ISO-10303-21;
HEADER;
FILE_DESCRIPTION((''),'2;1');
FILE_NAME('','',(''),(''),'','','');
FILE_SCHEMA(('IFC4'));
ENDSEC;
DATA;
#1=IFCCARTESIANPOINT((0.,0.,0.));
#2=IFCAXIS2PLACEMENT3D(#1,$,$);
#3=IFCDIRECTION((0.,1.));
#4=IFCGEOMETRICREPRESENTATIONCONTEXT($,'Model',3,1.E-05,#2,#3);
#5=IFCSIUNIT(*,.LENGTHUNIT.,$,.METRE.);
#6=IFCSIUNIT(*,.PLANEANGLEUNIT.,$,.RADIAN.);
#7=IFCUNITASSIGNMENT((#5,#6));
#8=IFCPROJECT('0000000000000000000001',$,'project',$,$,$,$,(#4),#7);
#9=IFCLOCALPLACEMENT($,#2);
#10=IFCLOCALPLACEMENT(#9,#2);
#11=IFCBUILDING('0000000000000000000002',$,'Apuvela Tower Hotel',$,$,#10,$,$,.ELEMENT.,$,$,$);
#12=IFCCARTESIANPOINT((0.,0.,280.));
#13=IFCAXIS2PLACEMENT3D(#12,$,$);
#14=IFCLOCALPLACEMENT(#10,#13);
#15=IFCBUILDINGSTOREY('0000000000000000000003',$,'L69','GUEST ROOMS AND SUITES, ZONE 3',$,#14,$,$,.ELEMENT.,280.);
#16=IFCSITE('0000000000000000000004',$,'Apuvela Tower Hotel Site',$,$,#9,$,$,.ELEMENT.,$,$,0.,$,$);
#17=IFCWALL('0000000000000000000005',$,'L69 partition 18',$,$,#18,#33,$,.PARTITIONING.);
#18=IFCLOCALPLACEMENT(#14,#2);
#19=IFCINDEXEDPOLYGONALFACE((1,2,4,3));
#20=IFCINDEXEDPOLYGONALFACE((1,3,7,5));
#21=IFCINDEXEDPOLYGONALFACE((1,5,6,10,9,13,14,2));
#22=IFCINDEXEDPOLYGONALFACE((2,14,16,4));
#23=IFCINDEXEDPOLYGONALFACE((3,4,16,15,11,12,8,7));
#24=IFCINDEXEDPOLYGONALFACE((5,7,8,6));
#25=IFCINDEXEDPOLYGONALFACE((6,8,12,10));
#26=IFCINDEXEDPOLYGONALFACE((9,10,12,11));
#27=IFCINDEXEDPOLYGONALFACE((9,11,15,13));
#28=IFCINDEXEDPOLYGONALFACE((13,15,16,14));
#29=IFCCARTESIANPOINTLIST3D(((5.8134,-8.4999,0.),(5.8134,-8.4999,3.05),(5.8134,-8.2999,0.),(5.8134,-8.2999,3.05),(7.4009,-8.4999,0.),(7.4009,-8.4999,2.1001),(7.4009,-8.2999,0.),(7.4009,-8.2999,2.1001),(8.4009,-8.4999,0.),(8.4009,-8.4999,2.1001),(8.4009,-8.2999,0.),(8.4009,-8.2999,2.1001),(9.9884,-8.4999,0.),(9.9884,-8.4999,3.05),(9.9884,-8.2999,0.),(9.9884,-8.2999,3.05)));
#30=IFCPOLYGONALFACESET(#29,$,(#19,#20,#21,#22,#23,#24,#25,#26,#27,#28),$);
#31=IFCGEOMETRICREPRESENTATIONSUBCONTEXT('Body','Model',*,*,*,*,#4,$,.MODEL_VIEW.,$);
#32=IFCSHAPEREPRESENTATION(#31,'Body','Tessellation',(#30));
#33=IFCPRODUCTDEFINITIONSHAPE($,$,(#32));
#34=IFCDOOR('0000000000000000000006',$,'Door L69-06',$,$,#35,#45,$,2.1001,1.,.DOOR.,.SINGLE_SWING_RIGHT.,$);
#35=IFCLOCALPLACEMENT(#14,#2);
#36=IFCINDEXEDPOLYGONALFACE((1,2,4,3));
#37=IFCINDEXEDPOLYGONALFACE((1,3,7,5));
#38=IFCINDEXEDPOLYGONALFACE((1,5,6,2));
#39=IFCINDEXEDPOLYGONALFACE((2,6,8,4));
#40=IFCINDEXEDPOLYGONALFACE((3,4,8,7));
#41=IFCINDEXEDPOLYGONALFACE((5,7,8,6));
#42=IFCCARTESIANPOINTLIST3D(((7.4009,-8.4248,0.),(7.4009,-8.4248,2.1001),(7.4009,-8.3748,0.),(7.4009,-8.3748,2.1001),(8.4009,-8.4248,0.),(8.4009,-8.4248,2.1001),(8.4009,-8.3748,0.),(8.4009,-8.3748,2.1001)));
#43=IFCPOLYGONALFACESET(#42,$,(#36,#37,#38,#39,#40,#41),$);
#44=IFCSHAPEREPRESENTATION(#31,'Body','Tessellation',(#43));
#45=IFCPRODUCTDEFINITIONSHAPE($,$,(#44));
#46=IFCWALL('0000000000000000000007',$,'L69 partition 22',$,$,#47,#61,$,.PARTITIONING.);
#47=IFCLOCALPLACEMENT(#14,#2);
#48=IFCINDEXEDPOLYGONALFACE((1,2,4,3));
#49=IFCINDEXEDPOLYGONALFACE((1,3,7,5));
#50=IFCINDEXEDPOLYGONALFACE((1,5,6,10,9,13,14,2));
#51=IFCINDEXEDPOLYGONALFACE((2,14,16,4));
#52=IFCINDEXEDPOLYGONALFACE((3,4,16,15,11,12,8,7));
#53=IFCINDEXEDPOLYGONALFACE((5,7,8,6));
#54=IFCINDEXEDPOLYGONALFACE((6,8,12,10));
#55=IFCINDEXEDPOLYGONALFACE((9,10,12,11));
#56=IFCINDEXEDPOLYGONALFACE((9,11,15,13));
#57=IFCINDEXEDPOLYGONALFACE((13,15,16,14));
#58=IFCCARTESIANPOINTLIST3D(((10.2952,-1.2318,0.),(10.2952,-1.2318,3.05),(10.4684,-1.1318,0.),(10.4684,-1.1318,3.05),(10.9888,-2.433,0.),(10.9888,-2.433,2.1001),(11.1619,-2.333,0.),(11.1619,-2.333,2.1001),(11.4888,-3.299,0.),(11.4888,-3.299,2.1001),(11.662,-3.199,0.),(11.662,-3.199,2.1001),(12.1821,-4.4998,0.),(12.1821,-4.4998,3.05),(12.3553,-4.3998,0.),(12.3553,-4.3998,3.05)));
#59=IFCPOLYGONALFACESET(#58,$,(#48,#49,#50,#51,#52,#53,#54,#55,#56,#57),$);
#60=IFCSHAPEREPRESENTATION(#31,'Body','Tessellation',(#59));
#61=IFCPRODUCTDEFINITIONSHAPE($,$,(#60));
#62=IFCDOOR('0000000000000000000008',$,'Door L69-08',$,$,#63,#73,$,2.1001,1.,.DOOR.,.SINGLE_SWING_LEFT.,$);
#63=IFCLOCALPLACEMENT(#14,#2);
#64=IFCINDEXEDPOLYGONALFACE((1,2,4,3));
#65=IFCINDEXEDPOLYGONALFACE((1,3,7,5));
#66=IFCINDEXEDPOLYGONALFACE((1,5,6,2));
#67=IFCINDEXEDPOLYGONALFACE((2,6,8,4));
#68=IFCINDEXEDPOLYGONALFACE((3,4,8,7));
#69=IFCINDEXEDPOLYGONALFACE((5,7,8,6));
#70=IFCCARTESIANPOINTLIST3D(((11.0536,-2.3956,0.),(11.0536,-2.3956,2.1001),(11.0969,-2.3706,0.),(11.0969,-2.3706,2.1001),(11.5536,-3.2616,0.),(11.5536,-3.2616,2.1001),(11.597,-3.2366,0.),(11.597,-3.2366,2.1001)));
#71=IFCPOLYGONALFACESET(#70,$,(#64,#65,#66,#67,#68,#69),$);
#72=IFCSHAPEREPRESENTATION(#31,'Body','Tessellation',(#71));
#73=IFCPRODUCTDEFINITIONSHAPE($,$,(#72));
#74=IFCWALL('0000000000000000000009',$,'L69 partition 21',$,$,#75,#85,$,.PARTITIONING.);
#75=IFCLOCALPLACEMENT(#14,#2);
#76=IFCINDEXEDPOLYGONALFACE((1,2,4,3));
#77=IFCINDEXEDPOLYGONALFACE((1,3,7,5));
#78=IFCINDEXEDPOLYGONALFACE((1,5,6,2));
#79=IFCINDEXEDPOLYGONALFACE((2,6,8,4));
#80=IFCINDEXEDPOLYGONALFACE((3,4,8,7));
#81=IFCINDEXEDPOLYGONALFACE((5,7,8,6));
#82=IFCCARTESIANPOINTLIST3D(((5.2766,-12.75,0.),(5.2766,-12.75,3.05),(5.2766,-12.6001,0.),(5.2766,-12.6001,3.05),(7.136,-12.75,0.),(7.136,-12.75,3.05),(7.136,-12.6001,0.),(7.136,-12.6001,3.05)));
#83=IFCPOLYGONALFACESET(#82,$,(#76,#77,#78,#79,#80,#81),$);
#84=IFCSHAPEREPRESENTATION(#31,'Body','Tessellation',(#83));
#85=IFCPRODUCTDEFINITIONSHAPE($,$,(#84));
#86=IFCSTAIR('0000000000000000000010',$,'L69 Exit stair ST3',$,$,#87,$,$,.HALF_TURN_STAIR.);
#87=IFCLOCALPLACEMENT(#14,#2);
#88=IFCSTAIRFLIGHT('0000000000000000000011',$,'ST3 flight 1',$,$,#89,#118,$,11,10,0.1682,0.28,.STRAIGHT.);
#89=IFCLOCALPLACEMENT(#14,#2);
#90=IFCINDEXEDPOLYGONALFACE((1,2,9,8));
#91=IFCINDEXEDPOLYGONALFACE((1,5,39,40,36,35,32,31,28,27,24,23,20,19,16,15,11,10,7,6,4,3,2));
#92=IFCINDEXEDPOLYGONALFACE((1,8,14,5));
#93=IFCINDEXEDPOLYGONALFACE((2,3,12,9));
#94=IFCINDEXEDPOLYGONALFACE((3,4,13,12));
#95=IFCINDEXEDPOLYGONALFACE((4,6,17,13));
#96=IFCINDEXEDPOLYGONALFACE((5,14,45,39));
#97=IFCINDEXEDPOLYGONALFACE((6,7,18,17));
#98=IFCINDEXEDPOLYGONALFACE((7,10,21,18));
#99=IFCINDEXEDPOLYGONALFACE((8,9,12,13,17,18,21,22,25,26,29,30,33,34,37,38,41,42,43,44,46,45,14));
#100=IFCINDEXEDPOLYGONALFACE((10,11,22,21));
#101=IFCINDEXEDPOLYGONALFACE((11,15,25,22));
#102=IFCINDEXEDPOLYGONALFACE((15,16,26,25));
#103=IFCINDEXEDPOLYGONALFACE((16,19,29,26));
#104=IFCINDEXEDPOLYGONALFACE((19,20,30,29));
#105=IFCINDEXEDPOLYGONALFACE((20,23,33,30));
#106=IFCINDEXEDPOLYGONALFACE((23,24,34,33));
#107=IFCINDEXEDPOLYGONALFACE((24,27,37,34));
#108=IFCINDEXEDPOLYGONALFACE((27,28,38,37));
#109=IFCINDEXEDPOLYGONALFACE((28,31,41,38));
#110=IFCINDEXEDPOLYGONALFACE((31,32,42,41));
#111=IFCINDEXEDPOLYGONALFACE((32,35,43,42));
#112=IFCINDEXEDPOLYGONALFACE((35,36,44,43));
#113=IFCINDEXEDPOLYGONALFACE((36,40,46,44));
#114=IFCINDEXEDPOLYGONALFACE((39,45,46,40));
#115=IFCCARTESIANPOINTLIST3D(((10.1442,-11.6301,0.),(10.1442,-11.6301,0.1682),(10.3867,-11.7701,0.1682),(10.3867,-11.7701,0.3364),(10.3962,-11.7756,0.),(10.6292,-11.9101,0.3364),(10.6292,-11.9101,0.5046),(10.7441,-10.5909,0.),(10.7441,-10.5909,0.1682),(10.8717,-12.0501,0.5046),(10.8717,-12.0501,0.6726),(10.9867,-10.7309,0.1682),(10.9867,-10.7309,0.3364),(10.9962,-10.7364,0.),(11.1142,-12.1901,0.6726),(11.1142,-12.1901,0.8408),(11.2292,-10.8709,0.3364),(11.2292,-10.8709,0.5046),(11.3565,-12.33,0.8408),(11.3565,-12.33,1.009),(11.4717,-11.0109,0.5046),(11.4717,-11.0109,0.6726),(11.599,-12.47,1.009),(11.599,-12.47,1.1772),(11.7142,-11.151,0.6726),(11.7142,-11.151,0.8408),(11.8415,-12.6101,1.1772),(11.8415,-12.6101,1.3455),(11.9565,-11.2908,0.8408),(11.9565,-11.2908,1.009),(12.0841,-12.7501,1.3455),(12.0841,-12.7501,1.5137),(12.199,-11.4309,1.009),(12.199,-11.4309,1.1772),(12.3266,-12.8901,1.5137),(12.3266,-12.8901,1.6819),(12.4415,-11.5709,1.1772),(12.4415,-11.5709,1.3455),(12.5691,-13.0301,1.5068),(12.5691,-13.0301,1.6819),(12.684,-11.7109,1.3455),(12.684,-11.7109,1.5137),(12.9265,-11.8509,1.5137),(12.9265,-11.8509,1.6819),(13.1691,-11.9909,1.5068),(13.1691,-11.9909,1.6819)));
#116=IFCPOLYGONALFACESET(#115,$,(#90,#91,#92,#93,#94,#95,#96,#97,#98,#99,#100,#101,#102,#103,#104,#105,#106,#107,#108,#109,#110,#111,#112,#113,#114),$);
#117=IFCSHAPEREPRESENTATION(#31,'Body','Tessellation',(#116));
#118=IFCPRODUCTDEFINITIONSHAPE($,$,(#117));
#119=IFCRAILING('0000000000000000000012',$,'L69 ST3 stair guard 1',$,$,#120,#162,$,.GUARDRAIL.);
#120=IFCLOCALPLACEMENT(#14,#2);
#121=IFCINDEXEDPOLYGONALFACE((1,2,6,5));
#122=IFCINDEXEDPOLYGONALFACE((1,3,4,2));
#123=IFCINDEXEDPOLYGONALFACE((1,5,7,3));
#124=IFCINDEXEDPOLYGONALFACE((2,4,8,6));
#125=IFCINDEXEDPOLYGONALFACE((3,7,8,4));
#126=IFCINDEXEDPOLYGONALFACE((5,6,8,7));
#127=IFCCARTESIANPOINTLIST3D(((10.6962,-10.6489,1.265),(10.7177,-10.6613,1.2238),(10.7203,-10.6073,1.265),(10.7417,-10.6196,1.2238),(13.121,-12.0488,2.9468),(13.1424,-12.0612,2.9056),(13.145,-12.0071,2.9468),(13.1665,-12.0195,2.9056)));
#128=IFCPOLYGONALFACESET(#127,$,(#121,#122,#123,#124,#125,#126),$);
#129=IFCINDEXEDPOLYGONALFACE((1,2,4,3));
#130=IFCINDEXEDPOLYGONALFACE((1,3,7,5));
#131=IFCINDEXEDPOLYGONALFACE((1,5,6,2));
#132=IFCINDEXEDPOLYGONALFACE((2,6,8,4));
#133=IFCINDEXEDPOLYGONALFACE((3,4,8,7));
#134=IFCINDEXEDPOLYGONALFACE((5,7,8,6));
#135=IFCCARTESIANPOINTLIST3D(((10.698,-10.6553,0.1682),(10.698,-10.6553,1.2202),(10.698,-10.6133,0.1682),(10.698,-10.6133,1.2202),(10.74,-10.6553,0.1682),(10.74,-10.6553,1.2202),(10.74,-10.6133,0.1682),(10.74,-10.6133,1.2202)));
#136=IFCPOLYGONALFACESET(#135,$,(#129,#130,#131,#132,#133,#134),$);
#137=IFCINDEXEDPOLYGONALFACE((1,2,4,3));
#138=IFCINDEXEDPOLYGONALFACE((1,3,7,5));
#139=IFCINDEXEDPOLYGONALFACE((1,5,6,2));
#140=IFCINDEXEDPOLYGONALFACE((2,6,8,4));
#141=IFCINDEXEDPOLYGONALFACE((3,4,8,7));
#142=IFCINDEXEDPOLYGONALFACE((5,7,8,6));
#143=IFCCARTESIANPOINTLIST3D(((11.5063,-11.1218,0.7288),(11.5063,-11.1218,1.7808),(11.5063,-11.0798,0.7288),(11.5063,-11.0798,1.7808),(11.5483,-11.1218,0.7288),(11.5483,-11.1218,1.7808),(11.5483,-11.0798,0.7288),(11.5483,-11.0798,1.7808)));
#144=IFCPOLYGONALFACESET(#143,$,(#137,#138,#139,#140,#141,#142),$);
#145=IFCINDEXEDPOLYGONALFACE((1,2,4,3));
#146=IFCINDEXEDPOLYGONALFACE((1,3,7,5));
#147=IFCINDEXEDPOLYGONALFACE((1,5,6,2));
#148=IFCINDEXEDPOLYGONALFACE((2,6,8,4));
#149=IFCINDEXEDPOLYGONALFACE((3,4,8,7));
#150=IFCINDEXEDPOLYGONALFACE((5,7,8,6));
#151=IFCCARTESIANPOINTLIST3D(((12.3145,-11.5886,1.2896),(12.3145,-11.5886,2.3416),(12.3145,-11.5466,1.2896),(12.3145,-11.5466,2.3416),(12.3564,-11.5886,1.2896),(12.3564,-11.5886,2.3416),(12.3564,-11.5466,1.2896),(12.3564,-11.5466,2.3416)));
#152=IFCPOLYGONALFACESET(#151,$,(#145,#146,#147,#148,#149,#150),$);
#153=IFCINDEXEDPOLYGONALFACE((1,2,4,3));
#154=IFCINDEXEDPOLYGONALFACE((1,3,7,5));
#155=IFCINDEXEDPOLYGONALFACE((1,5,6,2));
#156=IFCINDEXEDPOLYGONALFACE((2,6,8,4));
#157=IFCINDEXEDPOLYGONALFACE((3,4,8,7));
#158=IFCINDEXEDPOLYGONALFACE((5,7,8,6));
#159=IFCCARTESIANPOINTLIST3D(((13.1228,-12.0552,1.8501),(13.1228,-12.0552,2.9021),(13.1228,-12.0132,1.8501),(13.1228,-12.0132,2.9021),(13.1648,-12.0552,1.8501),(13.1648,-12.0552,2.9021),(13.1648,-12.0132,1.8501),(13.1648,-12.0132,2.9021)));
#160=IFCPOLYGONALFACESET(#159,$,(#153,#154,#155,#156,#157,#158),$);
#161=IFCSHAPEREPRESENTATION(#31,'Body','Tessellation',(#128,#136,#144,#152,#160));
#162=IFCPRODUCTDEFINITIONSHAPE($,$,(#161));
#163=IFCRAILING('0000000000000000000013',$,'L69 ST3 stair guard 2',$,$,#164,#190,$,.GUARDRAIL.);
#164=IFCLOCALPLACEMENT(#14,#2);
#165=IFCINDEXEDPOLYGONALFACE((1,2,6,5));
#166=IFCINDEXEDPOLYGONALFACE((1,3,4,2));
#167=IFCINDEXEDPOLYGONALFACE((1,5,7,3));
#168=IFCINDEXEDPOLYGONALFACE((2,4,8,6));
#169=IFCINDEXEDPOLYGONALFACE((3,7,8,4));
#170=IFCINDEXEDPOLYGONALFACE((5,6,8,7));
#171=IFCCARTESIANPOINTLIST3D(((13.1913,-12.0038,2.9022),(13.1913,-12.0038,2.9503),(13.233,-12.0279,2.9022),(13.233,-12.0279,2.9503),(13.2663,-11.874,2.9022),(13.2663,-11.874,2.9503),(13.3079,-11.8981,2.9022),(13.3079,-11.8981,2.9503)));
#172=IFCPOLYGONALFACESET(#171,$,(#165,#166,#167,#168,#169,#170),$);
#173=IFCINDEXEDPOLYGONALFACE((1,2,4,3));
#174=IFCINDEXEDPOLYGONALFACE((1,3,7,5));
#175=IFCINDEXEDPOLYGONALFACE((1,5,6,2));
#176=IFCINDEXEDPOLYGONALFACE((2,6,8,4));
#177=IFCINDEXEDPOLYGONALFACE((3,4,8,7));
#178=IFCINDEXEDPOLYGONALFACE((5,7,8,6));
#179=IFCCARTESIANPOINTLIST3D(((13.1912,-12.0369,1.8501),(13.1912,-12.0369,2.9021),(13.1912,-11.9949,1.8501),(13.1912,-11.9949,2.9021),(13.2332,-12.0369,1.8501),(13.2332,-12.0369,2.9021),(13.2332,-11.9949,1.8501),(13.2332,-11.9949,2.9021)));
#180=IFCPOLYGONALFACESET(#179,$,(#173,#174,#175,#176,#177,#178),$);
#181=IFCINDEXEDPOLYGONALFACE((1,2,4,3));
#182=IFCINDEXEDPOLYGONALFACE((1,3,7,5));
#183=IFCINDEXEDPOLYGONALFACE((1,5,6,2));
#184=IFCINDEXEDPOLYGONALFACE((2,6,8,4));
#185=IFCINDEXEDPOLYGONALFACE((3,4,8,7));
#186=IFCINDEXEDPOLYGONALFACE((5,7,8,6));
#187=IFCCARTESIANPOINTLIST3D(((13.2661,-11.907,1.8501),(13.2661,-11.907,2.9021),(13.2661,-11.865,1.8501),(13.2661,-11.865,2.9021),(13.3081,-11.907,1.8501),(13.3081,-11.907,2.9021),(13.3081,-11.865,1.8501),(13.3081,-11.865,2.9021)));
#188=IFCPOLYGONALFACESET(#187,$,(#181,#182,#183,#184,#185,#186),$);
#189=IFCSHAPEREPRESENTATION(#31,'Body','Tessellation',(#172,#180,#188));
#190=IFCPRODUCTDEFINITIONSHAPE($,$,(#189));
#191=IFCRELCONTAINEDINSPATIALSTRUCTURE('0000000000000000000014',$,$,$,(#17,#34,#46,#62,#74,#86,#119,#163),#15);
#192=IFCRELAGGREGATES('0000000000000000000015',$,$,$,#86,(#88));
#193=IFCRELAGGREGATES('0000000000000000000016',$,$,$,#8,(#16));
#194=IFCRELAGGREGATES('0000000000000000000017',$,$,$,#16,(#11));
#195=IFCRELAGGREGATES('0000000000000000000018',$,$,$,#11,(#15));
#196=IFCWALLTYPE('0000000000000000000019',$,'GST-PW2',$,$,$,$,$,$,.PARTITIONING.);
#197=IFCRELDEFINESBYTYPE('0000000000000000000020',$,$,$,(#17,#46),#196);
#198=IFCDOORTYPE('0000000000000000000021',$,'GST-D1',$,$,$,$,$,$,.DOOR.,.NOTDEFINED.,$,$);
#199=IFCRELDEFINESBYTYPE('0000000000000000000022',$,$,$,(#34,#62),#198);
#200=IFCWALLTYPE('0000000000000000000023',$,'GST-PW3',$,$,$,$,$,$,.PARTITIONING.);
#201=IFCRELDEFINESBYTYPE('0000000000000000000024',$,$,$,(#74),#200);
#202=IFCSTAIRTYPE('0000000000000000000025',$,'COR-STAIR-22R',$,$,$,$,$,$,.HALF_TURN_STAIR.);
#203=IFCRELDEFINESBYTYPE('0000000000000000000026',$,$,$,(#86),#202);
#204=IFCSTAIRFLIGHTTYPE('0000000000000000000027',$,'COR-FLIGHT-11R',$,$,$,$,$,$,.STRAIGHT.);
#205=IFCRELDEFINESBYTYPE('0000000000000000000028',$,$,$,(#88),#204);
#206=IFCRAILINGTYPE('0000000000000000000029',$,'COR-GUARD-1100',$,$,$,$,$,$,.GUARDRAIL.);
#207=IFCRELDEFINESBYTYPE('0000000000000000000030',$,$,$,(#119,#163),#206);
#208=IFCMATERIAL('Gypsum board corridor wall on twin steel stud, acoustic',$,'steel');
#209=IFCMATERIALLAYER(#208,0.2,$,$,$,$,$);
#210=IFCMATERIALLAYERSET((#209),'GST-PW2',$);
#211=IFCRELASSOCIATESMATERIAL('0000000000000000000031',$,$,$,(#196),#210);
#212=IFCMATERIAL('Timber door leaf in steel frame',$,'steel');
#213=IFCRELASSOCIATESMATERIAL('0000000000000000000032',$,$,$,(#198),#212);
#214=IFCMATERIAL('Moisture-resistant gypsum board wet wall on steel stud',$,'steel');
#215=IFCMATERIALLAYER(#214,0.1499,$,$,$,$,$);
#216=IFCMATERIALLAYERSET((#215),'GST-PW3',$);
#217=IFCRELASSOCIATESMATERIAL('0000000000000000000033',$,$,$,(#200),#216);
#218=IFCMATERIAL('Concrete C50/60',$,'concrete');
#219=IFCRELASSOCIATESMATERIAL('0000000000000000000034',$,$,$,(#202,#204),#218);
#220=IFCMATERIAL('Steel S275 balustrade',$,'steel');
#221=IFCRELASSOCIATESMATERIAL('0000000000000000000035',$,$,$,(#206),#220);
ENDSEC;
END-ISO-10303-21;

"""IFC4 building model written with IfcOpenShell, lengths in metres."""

from ifc_helpers import new_model, si_unit, direction, frame, frame_2d, origin, origin_2d, place, context, subcontext, project, spatial, polyline, rectangle, outline, extrude, material, layer, layer_set, type_object, element, fill, aggregate, save


model = new_model("IFC4")

# Units and contexts
model_context = context("Model", 3, precision=1e-05, world=origin(), true_north=direction((0.0, 1.0)))
body_context = subcontext(model_context, "Body", "Model", "MODEL_VIEW")
ifc_project = project(units=[si_unit("LENGTHUNIT", "METRE"), si_unit("PLANEANGLEUNIT", "RADIAN")], contexts=[model_context])

# Site, building, storey
site_placement = place(None, origin())
site = spatial("IfcSite", under=ifc_project, at=site_placement, Name="Apuvela Tower Hotel Site", CompositionType="ELEMENT", RefElevation=0.0)
building_placement = place(site_placement, origin())
building = spatial("IfcBuilding", under=site, at=building_placement, Name="Apuvela Tower Hotel", CompositionType="ELEMENT")
storey_placement = place(building_placement, frame((0.0, 0.0, 280.0)))
storey = spatial("IfcBuildingStorey", under=building, at=storey_placement, Name="L69", Description="GUEST ROOMS AND SUITES, ZONE 3", CompositionType="ELEMENT", Elevation=280.0)

# Shared definitions
ifc_material_1 = material(Name="Concrete C50/60", Category="concrete")

# Walls, openings, doors
ifc_material_2 = material(Name="Gypsum board corridor wall on twin steel stud, acoustic", Category="steel")
ifc_layer_1 = layer(ifc_material_2, 0.2)
ifc_layer_set_1 = layer_set([ifc_layer_1], Name="GST-PW2")
wall_type_1 = type_object("IfcWallType", Name="GST-PW2", PredefinedType="PARTITIONING", material=ifc_layer_set_1)
wall_1_placement = place(storey_placement, frame((9.9883, -8.3999, 0.0), z_axis=(0.0, 0.0, 1.0), x_axis=(-1.0, 0.0, 0.0)))
wall_1 = element("IfcWall", 1, at=wall_1_placement, inside=storey, type_object=wall_type_1, Name="L69 partition 18", PredefinedType="PARTITIONING", context=body_context, shape_type="SweptSolid", body=[
    extrude(rectangle(XDim=4.175, YDim=0.2, at=frame_2d((2.0874, 0.0))), origin(), (0.0, 0.0, 1.0), 3.05),
])
opening_1_placement = place(wall_1_placement, frame((1.5874, 0.0, 0.0)))
opening_1 = element("IfcOpeningElement", 2, at=opening_1_placement, cuts=wall_1, PredefinedType="OPENING", context=body_context, shape_type="SweptSolid", body=[
    extrude(rectangle(XDim=1.0, YDim=2.1001, at=frame_2d((0.5, 1.05))), frame((0.0, 0.1099, 0.0), z_axis=(0.0, -1.0, 0.0), x_axis=(1.0, 0.0, 0.0)), (0.0, 0.0, 1.0), 0.22),
])
ifc_material_3 = material(Name="Timber door leaf in steel frame", Category="steel")
door_type_1 = type_object("IfcDoorType", Name="GST-D1", OperationType="NOTDEFINED", PredefinedType="DOOR", material=ifc_material_3)
door_1_placement = place(opening_1_placement, origin())
door_1 = element("IfcDoor", 3, at=door_1_placement, inside=storey, type_object=door_type_1, Name="Door L69-06", OperationType="SINGLE_SWING_RIGHT", OverallHeight=2.1001, OverallWidth=1.0, PredefinedType="DOOR", context=body_context, shape_type="SweptSolid", body=[
    extrude(rectangle(XDim=1.0, YDim=2.1001, at=frame_2d((0.5, 1.05))), frame((0.0, 0.0249, 0.0), z_axis=(0.0, -1.0, 0.0), x_axis=(1.0, 0.0, 0.0)), (0.0, 0.0, 1.0), 0.05),
])
fill(opening_1, door_1)
wall_2_placement = place(storey_placement, frame((10.3818, -1.1819, 0.0), z_axis=(0.0, 0.0, 1.0), x_axis=(0.500029, -0.866009, 0.0)))
wall_2 = element("IfcWall", 4, at=wall_2_placement, inside=storey, type_object=wall_type_1, Name="L69 partition 22", PredefinedType="PARTITIONING", context=body_context, shape_type="SweptSolid", body=[
    extrude(rectangle(XDim=3.7737, YDim=0.2, at=frame_2d((1.8867, 0.0))), origin(), (0.0, 0.0, 1.0), 3.05),
])
opening_2_placement = place(wall_2_placement, frame((1.387, 0.0, 0.0)))
opening_2 = element("IfcOpeningElement", 5, at=opening_2_placement, cuts=wall_2, PredefinedType="OPENING", context=body_context, shape_type="SweptSolid", body=[
    extrude(rectangle(XDim=1.0, YDim=2.1001, at=frame_2d((0.5, 1.05))), frame((0.0, 0.1099, 0.0), z_axis=(0.0, -1.0, 0.0), x_axis=(1.0, 0.0, 0.0)), (0.0, 0.0, 1.0), 0.22),
])
door_2_placement = place(opening_2_placement, origin())
door_2 = element("IfcDoor", 6, at=door_2_placement, inside=storey, type_object=door_type_1, Name="Door L69-08", OperationType="SINGLE_SWING_LEFT", OverallHeight=2.1001, OverallWidth=1.0, PredefinedType="DOOR", context=body_context, shape_type="SweptSolid", body=[
    extrude(rectangle(XDim=1.0, YDim=2.1001, at=frame_2d((0.5, 1.05))), frame((0.0, 0.0249, 0.0), z_axis=(0.0, -1.0, 0.0), x_axis=(1.0, 0.0, 0.0)), (0.0, 0.0, 1.0), 0.05),
])
fill(opening_2, door_2)

# Wall
ifc_material_4 = material(Name="Moisture-resistant gypsum board wet wall on steel stud", Category="steel")
ifc_layer_2 = layer(ifc_material_4, 0.1499)
ifc_layer_set_2 = layer_set([ifc_layer_2], Name="GST-PW3")
wall_type_2 = type_object("IfcWallType", Name="GST-PW3", PredefinedType="PARTITIONING", material=ifc_layer_set_2)
wall_3_placement = place(storey_placement, frame((5.2766, -12.675, 0.0), z_axis=(0.0, 0.0, 1.0), x_axis=(1.0, 0.0, 0.0)))
element("IfcWall", 7, at=wall_3_placement, inside=storey, type_object=wall_type_2, Name="L69 partition 21", PredefinedType="PARTITIONING", context=body_context, shape_type="SweptSolid", body=[
    extrude(rectangle(XDim=1.8594, YDim=0.1499, at=frame_2d((0.9297, 0.0))), origin(), (0.0, 0.0, 1.0), 3.05),
])

# Stair, stair flight
stair_type = type_object("IfcStairType", Name="COR-STAIR-22R", PredefinedType="HALF_TURN_STAIR", material=ifc_material_1)
stair_placement = place(storey_placement, origin())
stair = element("IfcStair", 8, at=stair_placement, inside=storey, type_object=stair_type, Name="L69 Exit stair ST3", PredefinedType="HALF_TURN_STAIR")
stair_flight_type = type_object("IfcStairFlightType", Name="COR-FLIGHT-11R", PredefinedType="STRAIGHT", material=ifc_material_1)
stair_flight_placement = place(storey_placement, frame((10.4441, -11.1106, 0.0), z_axis=(0.0, 0.0, 1.0), x_axis=(0.866025, -0.5, 0.0)))
stair_flight = element("IfcStairFlight", 9, at=stair_flight_placement, type_object=stair_flight_type, Name="ST3 flight 1", NumberOfRisers=11, NumberOfTreads=10, PredefinedType="STRAIGHT", RiserHeight=0.1682, TreadLength=0.28, context=body_context, shape_type="SweptSolid", body=[
    extrude(outline(polyline([(0.0, 0.0), (0.0, 0.1682), (0.28, 0.1682), (0.28, 0.3364), (0.5601, 0.3364), (0.5601, 0.5046), (0.8401, 0.5046), (0.8401, 0.6726), (1.1201, 0.6726), (1.1201, 0.8408), (1.3999, 0.8408), (1.3999, 1.009), (1.6799, 1.009), (1.6799, 1.1772), (1.96, 1.1772), (1.96, 1.3455), (2.24, 1.3455), (2.24, 1.5137), (2.52, 1.5137), (2.52, 1.6819), (2.8, 1.6819), (2.8, 1.8501), (2.8, 1.5068), (0.291, 0.0), (0.0, 0.0)])), frame((0.0, 0.6001, 0.0), z_axis=(0.0, -1.0, 0.0), x_axis=(1.0, 0.0, 0.0)), (0.0, 0.0, 1.0), 1.2),
])
aggregate(stair, [stair_flight])

# Railings
ifc_material_5 = material(Name="Steel S275 balustrade", Category="steel")
railing_type_1 = type_object("IfcRailingType", Name="COR-GUARD-1100", PredefinedType="GUARDRAIL", material=ifc_material_5)
railing_1_placement = place(storey_placement, frame((10.719, -10.6343, 0.1682)))
element("IfcRailing", 10, at=railing_1_placement, inside=storey, type_object=railing_type_1, Name="L69 ST3 stair guard 1", PredefinedType="GUARDRAIL", context=body_context, shape_type="SweptSolid", body=[
    extrude(rectangle(XDim=0.0481, YDim=0.0481, at=origin_2d()), frame((0.0, 0.0, 1.0762), z_axis=(0.74239, -0.428601, 0.514934), x_axis=(0.499984, 0.866035, 0.0)), (0.0, 0.0, 1.0), 3.2661),
    extrude(rectangle(XDim=0.042, YDim=0.042, at=origin_2d()), origin(), (0.0, 0.0, 1.0), 1.052),
    extrude(rectangle(XDim=0.042, YDim=0.042, at=origin_2d()), frame((0.8083, -0.4666, 0.5605)), (0.0, 0.0, 1.0), 1.052),
    extrude(rectangle(XDim=0.042, YDim=0.042, at=origin_2d()), frame((1.6165, -0.9333, 1.1213)), (0.0, 0.0, 1.0), 1.052),
    extrude(rectangle(XDim=0.042, YDim=0.042, at=origin_2d()), frame((2.4248, -1.3999, 1.6819)), (0.0, 0.0, 1.0), 1.052),
])
railing_2_placement = place(storey_placement, frame((13.2122, -12.0159, 1.8501)))
element("IfcRailing", 11, at=railing_2_placement, inside=storey, type_object=railing_type_1, Name="L69 ST3 stair guard 2", PredefinedType="GUARDRAIL", context=body_context, shape_type="SweptSolid", body=[
    extrude(rectangle(XDim=0.0481, YDim=0.0481, at=origin_2d()), frame((0.0, 0.0, 1.0762), z_axis=(0.499816, 0.866131, 0.0), x_axis=(-0.866131, 0.499816, 0.0)), (0.0, 0.0, 1.0), 0.1499),
    extrude(rectangle(XDim=0.042, YDim=0.042, at=origin_2d()), origin(), (0.0, 0.0, 1.0), 1.052),
    extrude(rectangle(XDim=0.042, YDim=0.042, at=origin_2d()), frame((0.075, 0.1299, 0.0)), (0.0, 0.0, 1.0), 1.052),
])

save(model, "model.ifc")
